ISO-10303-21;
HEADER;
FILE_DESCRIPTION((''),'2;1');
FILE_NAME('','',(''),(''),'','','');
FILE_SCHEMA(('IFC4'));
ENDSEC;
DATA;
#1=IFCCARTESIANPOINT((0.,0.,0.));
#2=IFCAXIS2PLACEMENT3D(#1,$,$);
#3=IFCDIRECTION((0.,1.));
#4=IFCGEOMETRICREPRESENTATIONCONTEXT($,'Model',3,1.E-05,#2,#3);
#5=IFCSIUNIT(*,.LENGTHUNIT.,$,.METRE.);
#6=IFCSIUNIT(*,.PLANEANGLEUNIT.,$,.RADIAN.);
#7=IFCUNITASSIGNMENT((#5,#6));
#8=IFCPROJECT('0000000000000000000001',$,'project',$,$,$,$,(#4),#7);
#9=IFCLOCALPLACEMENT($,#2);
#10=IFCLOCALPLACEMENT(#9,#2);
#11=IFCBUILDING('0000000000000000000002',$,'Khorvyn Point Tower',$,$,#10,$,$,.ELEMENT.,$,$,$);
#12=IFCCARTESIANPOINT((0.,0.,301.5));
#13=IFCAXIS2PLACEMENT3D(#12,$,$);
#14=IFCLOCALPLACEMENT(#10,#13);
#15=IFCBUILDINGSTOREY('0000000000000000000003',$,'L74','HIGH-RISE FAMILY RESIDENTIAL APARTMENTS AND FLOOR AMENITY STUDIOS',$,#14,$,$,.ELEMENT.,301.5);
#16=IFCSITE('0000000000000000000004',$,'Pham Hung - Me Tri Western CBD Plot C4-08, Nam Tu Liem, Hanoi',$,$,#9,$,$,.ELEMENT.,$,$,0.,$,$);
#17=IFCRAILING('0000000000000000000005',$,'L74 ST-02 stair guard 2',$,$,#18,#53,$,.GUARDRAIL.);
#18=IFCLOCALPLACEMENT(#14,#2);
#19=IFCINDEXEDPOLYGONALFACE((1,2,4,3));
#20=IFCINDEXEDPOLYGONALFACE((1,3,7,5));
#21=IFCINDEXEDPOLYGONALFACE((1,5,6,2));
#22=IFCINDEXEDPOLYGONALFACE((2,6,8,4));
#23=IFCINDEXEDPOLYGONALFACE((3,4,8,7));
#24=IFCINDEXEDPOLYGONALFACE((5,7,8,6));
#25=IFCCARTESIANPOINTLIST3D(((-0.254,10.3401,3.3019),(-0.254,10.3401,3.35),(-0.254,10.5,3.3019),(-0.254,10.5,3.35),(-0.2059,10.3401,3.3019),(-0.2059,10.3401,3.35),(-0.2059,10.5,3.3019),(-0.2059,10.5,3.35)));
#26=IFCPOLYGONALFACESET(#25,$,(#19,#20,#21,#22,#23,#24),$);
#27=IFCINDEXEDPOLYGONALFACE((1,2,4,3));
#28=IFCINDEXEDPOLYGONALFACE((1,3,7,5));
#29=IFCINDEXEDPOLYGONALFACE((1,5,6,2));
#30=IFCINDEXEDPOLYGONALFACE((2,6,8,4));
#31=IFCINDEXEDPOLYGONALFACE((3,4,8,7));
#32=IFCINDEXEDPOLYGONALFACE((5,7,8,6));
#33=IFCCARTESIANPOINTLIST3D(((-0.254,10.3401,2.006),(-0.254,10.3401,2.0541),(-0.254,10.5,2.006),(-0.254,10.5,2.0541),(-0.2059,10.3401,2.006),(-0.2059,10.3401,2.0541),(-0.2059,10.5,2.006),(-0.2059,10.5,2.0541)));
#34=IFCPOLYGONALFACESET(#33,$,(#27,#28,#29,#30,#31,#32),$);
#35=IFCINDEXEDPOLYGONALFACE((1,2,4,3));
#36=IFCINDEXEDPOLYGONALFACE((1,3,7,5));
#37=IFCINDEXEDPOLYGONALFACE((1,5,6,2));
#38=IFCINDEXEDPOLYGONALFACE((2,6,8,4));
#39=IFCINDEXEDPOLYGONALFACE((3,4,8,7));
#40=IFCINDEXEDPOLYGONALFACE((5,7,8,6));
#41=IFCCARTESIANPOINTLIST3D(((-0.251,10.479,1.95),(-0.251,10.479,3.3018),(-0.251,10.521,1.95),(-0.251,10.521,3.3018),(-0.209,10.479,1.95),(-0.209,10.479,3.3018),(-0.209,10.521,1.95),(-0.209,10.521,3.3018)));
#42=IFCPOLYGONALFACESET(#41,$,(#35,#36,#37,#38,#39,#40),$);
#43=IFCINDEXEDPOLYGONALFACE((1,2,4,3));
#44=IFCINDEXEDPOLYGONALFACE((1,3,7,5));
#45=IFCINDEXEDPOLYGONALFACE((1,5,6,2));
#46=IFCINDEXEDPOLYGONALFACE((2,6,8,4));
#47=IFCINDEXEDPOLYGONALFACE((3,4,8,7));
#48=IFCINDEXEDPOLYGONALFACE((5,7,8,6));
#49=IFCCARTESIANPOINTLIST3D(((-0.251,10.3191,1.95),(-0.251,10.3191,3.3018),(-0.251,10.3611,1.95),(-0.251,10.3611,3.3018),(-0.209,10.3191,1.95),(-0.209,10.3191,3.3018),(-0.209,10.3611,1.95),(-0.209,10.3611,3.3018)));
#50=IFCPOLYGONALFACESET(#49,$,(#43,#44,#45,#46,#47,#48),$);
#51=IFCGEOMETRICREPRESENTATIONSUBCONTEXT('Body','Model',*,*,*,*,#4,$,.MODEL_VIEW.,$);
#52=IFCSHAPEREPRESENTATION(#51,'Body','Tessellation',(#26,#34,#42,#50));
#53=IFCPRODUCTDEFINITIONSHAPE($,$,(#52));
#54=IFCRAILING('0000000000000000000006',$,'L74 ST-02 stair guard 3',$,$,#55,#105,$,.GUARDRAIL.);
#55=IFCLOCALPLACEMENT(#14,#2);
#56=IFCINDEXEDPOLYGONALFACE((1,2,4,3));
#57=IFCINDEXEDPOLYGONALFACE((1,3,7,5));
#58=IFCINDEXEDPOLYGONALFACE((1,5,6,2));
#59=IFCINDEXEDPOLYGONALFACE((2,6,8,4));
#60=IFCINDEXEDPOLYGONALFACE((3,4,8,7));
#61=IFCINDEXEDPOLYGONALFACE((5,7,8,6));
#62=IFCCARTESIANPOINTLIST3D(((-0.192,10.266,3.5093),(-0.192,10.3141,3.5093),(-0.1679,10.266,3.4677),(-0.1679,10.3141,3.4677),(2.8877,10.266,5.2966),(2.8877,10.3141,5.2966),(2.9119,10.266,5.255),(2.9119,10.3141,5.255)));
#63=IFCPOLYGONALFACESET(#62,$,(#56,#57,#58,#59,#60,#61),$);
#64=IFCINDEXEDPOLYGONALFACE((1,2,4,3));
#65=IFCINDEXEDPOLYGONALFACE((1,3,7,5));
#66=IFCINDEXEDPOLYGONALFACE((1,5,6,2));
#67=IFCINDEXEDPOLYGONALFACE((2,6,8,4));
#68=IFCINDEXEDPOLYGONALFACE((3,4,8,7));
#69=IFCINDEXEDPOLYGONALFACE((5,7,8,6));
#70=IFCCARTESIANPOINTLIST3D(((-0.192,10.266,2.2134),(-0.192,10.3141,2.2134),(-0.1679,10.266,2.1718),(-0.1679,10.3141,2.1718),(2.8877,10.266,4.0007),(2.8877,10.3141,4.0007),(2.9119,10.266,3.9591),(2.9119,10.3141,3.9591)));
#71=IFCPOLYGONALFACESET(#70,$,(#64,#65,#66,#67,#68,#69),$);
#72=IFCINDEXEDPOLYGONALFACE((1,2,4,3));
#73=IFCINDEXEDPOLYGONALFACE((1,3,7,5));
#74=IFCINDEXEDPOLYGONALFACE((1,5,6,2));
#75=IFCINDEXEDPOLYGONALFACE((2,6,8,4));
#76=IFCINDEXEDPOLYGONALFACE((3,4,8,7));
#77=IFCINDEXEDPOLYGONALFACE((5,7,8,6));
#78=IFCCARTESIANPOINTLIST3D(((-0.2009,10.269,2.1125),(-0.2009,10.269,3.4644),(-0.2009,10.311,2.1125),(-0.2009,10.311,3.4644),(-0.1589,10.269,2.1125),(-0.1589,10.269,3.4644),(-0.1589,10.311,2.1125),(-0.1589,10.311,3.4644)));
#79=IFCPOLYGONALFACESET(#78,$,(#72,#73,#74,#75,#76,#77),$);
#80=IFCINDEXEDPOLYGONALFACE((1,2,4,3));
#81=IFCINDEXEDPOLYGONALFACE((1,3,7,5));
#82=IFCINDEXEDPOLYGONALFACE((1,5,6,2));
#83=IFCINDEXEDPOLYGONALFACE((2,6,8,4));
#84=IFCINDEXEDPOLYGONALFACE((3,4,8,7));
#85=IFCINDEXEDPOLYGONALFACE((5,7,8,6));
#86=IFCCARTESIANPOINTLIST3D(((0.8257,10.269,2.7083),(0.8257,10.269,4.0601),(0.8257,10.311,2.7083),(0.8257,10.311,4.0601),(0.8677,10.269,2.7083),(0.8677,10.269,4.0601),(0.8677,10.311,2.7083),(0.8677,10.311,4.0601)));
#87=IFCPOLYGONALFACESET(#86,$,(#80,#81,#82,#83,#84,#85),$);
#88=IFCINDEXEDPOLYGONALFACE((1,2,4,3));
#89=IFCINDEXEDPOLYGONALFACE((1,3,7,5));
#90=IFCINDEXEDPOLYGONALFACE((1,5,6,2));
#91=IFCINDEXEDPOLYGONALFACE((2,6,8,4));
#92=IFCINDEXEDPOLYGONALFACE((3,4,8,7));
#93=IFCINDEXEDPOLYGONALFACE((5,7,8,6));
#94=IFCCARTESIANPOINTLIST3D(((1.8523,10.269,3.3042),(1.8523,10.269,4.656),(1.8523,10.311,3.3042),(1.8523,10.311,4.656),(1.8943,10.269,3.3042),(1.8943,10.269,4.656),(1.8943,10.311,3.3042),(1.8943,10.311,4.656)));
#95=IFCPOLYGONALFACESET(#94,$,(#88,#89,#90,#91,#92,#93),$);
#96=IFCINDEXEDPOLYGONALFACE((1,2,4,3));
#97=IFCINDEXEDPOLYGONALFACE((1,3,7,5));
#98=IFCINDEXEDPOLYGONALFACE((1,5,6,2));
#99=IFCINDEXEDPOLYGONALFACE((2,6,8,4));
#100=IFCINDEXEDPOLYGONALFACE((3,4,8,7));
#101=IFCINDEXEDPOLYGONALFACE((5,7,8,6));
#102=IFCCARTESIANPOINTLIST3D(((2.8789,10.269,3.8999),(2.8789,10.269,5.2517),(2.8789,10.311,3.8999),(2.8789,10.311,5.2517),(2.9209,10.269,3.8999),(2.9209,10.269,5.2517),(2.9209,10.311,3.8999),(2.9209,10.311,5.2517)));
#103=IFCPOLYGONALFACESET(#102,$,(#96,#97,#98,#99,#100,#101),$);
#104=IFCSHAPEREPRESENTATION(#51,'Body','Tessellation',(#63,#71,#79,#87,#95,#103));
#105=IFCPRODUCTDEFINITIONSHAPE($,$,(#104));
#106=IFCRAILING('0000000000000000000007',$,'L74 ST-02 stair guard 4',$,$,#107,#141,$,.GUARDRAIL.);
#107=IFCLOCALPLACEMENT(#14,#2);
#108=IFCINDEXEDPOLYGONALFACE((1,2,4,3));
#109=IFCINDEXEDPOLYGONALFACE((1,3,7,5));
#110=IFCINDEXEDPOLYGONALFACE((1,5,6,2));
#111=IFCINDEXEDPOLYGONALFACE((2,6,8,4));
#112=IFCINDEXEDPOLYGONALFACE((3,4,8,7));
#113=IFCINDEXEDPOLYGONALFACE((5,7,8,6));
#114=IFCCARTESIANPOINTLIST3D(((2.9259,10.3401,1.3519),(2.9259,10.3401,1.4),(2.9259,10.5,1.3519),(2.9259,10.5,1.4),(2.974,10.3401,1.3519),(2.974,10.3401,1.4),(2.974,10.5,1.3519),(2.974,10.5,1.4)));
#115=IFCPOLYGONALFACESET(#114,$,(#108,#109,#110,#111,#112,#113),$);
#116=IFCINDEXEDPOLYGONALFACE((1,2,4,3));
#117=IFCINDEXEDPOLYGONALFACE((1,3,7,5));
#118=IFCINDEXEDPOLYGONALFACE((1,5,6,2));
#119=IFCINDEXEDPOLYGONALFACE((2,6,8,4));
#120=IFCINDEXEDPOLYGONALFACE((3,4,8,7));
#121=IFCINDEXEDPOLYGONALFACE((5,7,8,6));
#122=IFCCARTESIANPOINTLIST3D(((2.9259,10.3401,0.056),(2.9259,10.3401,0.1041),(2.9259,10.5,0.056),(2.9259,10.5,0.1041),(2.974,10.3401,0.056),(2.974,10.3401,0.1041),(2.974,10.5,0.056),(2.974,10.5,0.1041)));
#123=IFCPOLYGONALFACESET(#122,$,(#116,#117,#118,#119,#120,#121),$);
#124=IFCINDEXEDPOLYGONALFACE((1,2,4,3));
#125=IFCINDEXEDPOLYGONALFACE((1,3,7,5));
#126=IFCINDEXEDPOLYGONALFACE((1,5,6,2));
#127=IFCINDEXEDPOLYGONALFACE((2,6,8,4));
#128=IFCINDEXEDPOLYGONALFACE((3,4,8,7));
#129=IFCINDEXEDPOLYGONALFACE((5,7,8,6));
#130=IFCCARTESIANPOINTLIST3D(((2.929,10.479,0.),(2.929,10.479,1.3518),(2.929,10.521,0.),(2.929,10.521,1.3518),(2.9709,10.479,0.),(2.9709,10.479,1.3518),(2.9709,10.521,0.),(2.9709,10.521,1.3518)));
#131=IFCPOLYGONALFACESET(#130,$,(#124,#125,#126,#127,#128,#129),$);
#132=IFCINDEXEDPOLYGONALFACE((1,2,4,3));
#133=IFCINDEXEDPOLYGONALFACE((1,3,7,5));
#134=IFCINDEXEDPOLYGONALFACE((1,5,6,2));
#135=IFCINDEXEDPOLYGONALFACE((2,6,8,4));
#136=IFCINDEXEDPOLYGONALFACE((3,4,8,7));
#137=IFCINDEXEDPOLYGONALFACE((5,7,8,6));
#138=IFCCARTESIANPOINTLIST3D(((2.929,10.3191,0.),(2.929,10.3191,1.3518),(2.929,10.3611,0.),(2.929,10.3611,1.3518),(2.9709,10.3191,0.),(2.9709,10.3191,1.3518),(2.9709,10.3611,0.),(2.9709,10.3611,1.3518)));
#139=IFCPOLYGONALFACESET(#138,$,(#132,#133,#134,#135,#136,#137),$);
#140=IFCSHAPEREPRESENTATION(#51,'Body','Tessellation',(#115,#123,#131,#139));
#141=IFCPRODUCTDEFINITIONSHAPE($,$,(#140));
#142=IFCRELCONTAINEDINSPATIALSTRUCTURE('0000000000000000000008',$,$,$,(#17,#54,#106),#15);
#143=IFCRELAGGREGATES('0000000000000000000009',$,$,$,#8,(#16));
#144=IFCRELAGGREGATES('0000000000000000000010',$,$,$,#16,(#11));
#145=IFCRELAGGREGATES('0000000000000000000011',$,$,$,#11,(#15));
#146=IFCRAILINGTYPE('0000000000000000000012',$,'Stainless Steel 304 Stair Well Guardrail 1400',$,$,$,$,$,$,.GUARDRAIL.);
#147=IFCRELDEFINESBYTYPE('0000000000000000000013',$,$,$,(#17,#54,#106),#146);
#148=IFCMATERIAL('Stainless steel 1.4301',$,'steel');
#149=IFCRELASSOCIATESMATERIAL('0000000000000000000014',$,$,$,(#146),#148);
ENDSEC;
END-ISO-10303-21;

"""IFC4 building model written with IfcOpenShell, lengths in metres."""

from ifc_helpers import new_model, si_unit, direction, frame, origin, origin_2d, place, context, subcontext, project, spatial, rectangle, extrude, material, type_object, element, save


model = new_model("IFC4")

# Units and contexts
model_context = context("Model", 3, precision=1e-05, world=origin(), true_north=direction((0.0, 1.0)))
body_context = subcontext(model_context, "Body", "Model", "MODEL_VIEW")
ifc_project = project(units=[si_unit("LENGTHUNIT", "METRE"), si_unit("PLANEANGLEUNIT", "RADIAN")], contexts=[model_context])

# Site, building, storey
site_placement = place(None, origin())
site = spatial("IfcSite", under=ifc_project, at=site_placement, Name="Pham Hung - Me Tri Western CBD Plot C4-08, Nam Tu Liem, Hanoi", CompositionType="ELEMENT", RefElevation=0.0)
building_placement = place(site_placement, origin())
building = spatial("IfcBuilding", under=site, at=building_placement, Name="Khorvyn Point Tower", CompositionType="ELEMENT")
storey_placement = place(building_placement, frame((0.0, 0.0, 301.5)))
storey = spatial("IfcBuildingStorey", under=building, at=storey_placement, Name="L74", Description="HIGH-RISE FAMILY RESIDENTIAL APARTMENTS AND FLOOR AMENITY STUDIOS", CompositionType="ELEMENT", Elevation=301.5)

# Shared definitions
ifc_material_1 = material(Name="Stainless steel 1.4301", Category="steel")

# Railings
railing_type_1 = type_object("IfcRailingType", Name="Stainless Steel 304 Stair Well Guardrail 1400", PredefinedType="GUARDRAIL", material=ifc_material_1)
railing_1_placement = place(storey_placement, frame((-0.23, 10.5, 1.95)))
element("IfcRailing", 1, at=railing_1_placement, inside=storey, type_object=railing_type_1, Name="L74 ST-02 stair guard 2", PredefinedType="GUARDRAIL", context=body_context, shape_type="SweptSolid", body=[
    extrude(rectangle(XDim=0.0481, YDim=0.0481, at=origin_2d()), frame((0.0, 0.0, 1.376), z_axis=(0.0, -1.0, 0.0), x_axis=(1.0, 0.0, 0.0)), (0.0, 0.0, 1.0), 0.1599),
    extrude(rectangle(XDim=0.0481, YDim=0.0481, at=origin_2d()), frame((0.0, 0.0, 0.0801), z_axis=(0.0, -1.0, 0.0), x_axis=(1.0, 0.0, 0.0)), (0.0, 0.0, 1.0), 0.1599),
    extrude(rectangle(XDim=0.042, YDim=0.042, at=origin_2d()), origin(), (0.0, 0.0, 1.0), 1.3518),
    extrude(rectangle(XDim=0.042, YDim=0.042, at=origin_2d()), frame((0.0, -0.1599, 0.0)), (0.0, 0.0, 1.0), 1.3518),
])
railing_2_placement = place(storey_placement, frame((-0.1799, 10.29, 2.1125)))
element("IfcRailing", 2, at=railing_2_placement, inside=storey, type_object=railing_type_1, Name="L74 ST-02 stair guard 3", PredefinedType="GUARDRAIL", context=body_context, shape_type="SweptSolid", body=[
    extrude(rectangle(XDim=0.0481, YDim=0.0481, at=origin_2d()), frame((0.0, 0.0, 1.376), z_axis=(0.864903, 0.0, 0.501939), x_axis=(0.0, 1.0, 0.0)), (0.0, 0.0, 1.0), 3.5608),
    extrude(rectangle(XDim=0.0481, YDim=0.0481, at=origin_2d()), frame((0.0, 0.0, 0.0801), z_axis=(0.864903, 0.0, 0.501939), x_axis=(0.0, 1.0, 0.0)), (0.0, 0.0, 1.0), 3.5608),
    extrude(rectangle(XDim=0.042, YDim=0.042, at=origin_2d()), origin(), (0.0, 0.0, 1.0), 1.3518),
    extrude(rectangle(XDim=0.042, YDim=0.042, at=origin_2d()), frame((1.0266, 0.0, 0.5957)), (0.0, 0.0, 1.0), 1.3518),
    extrude(rectangle(XDim=0.042, YDim=0.042, at=origin_2d()), frame((2.0532, 0.0, 1.1917)), (0.0, 0.0, 1.0), 1.3518),
    extrude(rectangle(XDim=0.042, YDim=0.042, at=origin_2d()), frame((3.0798, 0.0, 1.7874)), (0.0, 0.0, 1.0), 1.3518),
])
railing_3_placement = place(storey_placement, frame((2.95, 10.5, 0.0)))
element("IfcRailing", 3, at=railing_3_placement, inside=storey, type_object=railing_type_1, Name="L74 ST-02 stair guard 4", PredefinedType="GUARDRAIL", context=body_context, shape_type="SweptSolid", body=[
    extrude(rectangle(XDim=0.0481, YDim=0.0481, at=origin_2d()), frame((0.0, 0.0, 1.376), z_axis=(0.0, -1.0, 0.0), x_axis=(1.0, 0.0, 0.0)), (0.0, 0.0, 1.0), 0.1599),
    extrude(rectangle(XDim=0.0481, YDim=0.0481, at=origin_2d()), frame((0.0, 0.0, 0.0801), z_axis=(0.0, -1.0, 0.0), x_axis=(1.0, 0.0, 0.0)), (0.0, 0.0, 1.0), 0.1599),
    extrude(rectangle(XDim=0.042, YDim=0.042, at=origin_2d()), origin(), (0.0, 0.0, 1.0), 1.3518),
    extrude(rectangle(XDim=0.042, YDim=0.042, at=origin_2d()), frame((0.0, -0.1599, 0.0)), (0.0, 0.0, 1.0), 1.3518),
])

save(model, "model.ifc")
